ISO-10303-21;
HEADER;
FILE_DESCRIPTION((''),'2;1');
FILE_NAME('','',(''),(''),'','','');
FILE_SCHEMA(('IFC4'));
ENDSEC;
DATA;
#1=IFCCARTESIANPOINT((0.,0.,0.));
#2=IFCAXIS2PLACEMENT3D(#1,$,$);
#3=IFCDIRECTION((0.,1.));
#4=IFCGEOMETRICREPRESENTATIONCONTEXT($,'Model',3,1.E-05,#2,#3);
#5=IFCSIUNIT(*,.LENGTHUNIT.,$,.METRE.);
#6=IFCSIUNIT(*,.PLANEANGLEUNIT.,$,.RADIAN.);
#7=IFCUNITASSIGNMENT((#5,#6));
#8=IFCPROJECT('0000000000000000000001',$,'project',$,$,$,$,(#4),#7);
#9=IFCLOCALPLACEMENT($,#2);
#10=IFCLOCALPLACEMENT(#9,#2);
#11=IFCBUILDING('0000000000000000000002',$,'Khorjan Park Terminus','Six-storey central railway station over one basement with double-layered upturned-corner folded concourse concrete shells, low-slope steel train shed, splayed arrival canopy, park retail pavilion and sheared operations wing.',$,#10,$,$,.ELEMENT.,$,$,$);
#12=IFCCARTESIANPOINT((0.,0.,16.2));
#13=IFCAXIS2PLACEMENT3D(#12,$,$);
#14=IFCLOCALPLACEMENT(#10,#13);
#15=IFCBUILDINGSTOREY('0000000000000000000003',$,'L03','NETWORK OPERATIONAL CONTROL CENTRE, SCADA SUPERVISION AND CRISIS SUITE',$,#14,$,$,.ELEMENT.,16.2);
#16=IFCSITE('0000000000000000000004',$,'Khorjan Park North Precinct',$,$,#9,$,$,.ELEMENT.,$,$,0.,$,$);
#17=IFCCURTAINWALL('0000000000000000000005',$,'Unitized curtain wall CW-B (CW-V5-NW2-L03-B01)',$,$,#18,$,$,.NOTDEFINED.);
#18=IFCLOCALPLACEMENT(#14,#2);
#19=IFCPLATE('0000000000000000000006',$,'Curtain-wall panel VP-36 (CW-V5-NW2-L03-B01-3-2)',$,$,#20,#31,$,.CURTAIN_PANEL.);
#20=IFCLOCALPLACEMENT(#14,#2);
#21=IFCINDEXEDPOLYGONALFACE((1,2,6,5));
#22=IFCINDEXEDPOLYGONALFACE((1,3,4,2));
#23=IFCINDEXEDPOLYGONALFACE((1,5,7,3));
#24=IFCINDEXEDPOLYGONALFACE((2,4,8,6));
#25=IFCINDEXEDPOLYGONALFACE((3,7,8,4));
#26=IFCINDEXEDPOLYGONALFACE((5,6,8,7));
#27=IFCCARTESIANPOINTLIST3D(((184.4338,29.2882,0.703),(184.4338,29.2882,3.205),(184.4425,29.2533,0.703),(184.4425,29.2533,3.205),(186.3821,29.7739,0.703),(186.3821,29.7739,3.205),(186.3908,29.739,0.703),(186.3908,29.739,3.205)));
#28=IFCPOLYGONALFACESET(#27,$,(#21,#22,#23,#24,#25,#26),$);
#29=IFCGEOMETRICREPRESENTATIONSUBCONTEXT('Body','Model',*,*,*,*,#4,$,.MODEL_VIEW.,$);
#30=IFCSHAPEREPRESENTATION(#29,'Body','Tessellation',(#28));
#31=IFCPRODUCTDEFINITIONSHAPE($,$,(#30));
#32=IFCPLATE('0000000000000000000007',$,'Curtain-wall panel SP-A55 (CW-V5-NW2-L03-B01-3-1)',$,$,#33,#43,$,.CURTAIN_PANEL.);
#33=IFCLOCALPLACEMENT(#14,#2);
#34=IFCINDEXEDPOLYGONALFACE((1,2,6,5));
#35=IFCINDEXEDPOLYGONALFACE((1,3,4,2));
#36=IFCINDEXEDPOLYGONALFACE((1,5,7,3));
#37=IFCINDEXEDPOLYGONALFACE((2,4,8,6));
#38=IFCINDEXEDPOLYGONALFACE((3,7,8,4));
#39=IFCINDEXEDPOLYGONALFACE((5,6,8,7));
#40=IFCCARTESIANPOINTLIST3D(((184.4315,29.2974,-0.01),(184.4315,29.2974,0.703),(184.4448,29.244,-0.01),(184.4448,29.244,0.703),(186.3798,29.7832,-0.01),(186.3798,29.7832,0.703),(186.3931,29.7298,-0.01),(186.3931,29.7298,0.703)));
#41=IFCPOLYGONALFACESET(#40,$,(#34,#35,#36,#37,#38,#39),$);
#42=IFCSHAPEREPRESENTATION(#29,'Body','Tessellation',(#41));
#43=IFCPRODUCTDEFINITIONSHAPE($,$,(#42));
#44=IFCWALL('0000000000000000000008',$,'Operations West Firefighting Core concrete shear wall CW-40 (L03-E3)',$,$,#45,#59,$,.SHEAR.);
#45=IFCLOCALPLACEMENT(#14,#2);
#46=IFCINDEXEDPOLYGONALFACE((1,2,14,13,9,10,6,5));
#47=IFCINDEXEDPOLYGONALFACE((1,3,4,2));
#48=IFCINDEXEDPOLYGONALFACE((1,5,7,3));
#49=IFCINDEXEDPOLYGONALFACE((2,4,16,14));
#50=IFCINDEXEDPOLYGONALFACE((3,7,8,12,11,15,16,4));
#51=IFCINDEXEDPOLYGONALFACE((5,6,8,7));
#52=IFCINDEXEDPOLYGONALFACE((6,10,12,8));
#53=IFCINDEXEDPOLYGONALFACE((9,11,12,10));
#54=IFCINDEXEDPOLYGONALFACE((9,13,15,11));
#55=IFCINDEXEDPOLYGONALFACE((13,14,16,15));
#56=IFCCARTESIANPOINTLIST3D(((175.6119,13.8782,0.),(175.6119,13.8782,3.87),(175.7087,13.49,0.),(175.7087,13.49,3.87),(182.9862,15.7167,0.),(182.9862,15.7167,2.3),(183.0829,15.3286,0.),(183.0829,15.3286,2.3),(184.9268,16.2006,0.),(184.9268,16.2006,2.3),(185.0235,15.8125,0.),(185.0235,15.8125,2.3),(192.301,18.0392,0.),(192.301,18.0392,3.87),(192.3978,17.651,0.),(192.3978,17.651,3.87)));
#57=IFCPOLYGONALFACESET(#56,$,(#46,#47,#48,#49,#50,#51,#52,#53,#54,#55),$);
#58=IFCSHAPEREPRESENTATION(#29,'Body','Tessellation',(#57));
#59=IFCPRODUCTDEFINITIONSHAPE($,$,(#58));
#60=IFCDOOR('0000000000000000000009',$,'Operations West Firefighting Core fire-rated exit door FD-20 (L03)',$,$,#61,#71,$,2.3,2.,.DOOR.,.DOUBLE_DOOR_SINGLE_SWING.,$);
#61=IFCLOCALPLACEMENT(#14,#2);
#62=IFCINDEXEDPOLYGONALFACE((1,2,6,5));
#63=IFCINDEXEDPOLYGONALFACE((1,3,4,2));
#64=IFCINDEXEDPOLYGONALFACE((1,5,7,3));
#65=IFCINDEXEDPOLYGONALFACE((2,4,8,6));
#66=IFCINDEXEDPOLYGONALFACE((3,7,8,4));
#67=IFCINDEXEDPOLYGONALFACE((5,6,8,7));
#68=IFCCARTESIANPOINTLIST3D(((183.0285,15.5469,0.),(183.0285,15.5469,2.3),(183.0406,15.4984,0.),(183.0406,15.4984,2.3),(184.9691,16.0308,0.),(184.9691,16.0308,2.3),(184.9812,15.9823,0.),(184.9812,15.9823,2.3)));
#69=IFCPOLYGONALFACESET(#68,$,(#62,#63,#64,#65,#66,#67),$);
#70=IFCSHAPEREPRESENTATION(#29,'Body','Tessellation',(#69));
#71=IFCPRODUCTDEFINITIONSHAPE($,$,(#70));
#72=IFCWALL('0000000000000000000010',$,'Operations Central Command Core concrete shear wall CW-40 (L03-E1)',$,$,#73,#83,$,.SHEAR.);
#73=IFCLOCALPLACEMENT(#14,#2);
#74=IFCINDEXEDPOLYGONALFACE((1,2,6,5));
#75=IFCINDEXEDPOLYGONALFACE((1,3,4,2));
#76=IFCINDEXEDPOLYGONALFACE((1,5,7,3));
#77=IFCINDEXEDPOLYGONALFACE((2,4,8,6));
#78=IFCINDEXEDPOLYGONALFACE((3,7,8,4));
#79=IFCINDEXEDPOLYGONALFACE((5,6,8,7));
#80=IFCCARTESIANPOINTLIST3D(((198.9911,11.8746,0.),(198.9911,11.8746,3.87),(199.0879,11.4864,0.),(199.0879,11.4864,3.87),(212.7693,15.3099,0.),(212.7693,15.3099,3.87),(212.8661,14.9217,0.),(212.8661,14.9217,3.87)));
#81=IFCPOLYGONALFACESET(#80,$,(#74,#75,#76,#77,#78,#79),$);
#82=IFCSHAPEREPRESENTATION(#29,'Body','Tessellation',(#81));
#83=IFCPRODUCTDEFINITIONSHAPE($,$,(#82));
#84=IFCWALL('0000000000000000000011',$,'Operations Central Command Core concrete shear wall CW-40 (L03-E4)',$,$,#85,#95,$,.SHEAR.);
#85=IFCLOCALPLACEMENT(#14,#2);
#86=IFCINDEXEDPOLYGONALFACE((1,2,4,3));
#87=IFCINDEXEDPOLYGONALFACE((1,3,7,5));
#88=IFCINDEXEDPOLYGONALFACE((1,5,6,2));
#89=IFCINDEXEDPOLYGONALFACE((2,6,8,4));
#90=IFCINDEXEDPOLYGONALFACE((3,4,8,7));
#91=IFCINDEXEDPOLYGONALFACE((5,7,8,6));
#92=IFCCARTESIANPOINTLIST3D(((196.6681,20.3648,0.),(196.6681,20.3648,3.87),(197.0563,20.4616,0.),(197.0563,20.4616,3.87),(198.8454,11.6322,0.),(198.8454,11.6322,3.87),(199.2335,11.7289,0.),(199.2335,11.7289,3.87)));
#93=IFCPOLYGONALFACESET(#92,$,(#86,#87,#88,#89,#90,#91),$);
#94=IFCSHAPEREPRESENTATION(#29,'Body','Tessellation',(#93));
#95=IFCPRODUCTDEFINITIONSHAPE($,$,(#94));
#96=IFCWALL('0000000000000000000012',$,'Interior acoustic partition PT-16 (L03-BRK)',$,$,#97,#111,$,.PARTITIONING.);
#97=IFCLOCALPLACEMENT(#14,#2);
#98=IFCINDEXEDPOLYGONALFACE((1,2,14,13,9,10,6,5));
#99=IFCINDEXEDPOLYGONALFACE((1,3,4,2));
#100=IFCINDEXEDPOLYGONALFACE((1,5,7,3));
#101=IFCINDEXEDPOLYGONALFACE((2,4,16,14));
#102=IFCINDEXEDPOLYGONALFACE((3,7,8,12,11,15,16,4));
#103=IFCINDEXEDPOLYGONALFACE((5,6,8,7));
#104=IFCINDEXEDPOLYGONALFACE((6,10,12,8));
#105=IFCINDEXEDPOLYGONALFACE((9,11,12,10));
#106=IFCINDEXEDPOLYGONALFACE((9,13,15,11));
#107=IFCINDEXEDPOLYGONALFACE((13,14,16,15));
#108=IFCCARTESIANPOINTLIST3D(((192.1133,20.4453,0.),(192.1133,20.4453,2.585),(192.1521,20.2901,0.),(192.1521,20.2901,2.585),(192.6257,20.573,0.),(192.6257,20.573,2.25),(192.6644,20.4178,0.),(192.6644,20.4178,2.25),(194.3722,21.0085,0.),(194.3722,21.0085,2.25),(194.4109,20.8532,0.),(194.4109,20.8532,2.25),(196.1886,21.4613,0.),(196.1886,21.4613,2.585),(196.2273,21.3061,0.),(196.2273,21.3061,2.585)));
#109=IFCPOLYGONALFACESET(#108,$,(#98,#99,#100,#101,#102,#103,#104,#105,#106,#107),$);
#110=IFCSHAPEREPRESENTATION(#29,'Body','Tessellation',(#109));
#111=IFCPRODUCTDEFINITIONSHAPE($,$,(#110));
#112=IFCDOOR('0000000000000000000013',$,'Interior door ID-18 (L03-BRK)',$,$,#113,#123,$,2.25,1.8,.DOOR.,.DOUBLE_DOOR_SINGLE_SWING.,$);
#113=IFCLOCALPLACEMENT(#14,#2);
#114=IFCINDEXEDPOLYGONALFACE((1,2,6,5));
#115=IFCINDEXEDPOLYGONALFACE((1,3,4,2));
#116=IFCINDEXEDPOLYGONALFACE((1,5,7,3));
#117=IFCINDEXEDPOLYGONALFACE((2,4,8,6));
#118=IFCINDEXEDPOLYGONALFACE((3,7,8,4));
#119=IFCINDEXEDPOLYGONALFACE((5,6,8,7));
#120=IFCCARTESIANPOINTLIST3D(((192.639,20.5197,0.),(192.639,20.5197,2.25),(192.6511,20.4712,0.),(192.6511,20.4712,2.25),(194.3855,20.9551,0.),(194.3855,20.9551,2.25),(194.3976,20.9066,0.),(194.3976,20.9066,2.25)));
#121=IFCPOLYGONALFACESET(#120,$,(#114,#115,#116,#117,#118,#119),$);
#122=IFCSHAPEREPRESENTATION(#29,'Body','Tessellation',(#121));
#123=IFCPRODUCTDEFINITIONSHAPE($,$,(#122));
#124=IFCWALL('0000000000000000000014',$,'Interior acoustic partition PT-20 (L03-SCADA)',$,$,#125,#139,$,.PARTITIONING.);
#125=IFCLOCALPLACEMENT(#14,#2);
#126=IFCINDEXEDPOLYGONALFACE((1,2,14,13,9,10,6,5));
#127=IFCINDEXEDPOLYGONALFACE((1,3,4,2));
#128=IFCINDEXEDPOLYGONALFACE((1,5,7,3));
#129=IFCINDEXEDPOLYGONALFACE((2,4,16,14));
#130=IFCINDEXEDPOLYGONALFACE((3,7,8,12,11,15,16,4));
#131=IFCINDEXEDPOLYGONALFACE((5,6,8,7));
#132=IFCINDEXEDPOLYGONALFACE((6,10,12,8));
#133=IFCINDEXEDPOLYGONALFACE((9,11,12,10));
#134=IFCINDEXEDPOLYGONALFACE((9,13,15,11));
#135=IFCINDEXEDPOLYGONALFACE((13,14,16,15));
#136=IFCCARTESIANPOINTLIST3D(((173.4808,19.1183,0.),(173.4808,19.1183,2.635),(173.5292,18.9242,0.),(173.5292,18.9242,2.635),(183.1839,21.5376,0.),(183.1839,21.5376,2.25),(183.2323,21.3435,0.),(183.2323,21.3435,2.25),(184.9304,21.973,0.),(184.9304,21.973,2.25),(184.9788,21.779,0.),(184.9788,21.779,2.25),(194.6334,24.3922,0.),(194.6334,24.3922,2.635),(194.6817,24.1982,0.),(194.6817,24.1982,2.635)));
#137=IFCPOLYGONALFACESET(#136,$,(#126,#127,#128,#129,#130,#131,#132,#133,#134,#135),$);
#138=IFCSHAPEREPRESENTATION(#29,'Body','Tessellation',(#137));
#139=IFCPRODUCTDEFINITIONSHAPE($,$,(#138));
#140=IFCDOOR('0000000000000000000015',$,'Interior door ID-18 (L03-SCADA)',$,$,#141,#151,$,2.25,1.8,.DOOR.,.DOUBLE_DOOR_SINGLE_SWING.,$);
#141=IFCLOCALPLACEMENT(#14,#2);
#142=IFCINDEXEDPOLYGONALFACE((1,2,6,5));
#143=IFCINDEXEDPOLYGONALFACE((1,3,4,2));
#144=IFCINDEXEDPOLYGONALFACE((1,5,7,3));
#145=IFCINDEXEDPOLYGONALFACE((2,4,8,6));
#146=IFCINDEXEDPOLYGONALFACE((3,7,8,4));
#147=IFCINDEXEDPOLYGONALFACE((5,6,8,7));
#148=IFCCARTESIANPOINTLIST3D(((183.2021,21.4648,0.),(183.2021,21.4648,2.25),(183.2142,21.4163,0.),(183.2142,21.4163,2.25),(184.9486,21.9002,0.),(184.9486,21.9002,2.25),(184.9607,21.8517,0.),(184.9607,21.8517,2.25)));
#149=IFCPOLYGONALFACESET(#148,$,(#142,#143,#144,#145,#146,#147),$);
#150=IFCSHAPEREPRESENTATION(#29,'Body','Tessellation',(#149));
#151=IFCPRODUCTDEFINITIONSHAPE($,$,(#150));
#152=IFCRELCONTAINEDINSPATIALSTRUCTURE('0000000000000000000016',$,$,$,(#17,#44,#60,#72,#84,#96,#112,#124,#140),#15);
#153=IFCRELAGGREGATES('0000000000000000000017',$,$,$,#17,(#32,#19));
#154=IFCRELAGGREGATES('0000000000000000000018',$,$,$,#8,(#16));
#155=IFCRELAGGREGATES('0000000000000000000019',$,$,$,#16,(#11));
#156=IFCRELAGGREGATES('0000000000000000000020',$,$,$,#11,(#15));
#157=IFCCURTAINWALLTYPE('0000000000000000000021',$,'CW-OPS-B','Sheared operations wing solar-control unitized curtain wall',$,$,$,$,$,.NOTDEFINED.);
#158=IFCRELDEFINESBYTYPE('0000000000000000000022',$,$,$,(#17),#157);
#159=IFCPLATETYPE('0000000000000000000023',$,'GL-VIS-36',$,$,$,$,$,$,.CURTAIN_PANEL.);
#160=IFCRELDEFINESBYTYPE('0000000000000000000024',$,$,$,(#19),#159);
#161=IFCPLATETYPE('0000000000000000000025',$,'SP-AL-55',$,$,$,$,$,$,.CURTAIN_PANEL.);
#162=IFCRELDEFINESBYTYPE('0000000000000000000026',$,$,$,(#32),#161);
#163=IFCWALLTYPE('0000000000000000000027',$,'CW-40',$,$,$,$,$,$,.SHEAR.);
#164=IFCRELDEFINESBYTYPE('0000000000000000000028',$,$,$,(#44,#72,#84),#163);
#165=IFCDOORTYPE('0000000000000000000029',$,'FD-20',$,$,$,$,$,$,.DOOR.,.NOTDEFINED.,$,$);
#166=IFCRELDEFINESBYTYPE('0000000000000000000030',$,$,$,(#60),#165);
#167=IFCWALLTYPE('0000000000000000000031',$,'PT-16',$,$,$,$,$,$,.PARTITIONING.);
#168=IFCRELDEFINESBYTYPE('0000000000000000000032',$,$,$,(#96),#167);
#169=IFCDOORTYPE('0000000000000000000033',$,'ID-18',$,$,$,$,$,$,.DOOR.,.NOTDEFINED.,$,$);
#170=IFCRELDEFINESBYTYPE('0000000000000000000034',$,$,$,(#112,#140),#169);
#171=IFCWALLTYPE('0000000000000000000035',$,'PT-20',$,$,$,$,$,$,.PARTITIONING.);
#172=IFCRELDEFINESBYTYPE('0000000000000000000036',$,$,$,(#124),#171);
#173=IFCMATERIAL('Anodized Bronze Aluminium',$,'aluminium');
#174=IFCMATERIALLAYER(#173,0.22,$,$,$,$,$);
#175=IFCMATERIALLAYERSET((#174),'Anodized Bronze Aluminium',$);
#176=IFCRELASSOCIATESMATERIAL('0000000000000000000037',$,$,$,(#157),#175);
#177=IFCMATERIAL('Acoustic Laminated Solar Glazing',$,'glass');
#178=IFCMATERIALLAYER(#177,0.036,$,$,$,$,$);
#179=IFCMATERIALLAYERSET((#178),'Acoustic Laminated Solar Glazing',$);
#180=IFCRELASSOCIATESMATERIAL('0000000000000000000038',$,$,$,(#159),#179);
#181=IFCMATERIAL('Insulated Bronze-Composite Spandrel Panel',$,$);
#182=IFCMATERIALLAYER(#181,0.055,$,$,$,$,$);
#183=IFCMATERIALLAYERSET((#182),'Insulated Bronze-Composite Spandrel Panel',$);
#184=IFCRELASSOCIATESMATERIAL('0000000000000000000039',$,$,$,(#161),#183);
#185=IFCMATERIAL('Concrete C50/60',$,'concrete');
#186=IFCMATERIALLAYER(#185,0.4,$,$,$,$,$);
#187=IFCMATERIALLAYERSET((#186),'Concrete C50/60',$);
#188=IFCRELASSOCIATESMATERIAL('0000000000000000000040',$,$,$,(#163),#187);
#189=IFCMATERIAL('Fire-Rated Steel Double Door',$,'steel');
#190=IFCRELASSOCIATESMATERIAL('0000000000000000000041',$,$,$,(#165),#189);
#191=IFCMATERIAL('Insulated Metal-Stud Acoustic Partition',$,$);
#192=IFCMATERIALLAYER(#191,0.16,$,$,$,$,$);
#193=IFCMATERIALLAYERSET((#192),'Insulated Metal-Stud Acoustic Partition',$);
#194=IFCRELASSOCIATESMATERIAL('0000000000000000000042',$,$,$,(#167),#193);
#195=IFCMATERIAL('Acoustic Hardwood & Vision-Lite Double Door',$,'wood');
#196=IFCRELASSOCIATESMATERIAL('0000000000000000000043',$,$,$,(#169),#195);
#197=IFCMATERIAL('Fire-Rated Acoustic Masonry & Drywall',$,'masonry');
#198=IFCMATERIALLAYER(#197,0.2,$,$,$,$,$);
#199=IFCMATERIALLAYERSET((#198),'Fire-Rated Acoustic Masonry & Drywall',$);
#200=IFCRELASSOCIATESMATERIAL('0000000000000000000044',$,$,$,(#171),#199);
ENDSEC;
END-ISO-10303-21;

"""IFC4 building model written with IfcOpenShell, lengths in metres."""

from ifc_helpers import new_model, si_unit, direction, frame, frame_2d, origin, origin_2d, place, context, subcontext, project, spatial, rectangle, extrude, material, layer, layer_set, type_object, element, fill, aggregate, save


model = new_model("IFC4")

# Units and contexts
model_context = context("Model", 3, precision=1e-05, world=origin(), true_north=direction((0.0, 1.0)))
body_context = subcontext(model_context, "Body", "Model", "MODEL_VIEW")
ifc_project = project(units=[si_unit("LENGTHUNIT", "METRE"), si_unit("PLANEANGLEUNIT", "RADIAN")], contexts=[model_context])

# Site, building, storey
site_placement = place(None, origin())
site = spatial("IfcSite", under=ifc_project, at=site_placement, Name="Khorjan Park North Precinct", CompositionType="ELEMENT", RefElevation=0.0)
building_placement = place(site_placement, origin())
building = spatial("IfcBuilding", under=site, at=building_placement, Name="Khorjan Park Terminus", Description="Six-storey central railway station over one basement with double-layered upturned-corner folded concourse concrete shells, low-slope steel train shed, splayed arrival canopy, park retail pavilion and sheared operations wing.", CompositionType="ELEMENT")
storey_placement = place(building_placement, frame((0.0, 0.0, 16.2)))
storey = spatial("IfcBuildingStorey", under=building, at=storey_placement, Name="L03", Description="NETWORK OPERATIONAL CONTROL CENTRE, SCADA SUPERVISION AND CRISIS SUITE", CompositionType="ELEMENT", Elevation=16.2)

# Shared definitions
ifc_material_1 = material(Name="Concrete C50/60", Category="concrete")

# Shared definitions
ifc_material_2 = material(Name="Anodized Bronze Aluminium", Category="aluminium")
ifc_layer_1 = layer(ifc_material_2, 0.22)
ifc_layer_set_1 = layer_set([ifc_layer_1], Name="Anodized Bronze Aluminium")
curtain_wall_type = type_object("IfcCurtainWallType", Name="CW-OPS-B", Description="Sheared operations wing solar-control unitized curtain wall", PredefinedType="NOTDEFINED", material=ifc_layer_set_1)

# Curtain wall, plates
curtain_wall_1_placement = place(storey_placement, origin())
curtain_wall_1 = element("IfcCurtainWall", 1, at=curtain_wall_1_placement, inside=storey, type_object=curtain_wall_type, Name="Unitized curtain wall CW-B (CW-V5-NW2-L03-B01)", PredefinedType="NOTDEFINED")
ifc_material_3 = material(Name="Acoustic Laminated Solar Glazing", Category="glass")
ifc_layer_2 = layer(ifc_material_3, 0.036)
ifc_layer_set_2 = layer_set([ifc_layer_2], Name="Acoustic Laminated Solar Glazing")
plate_type_1 = type_object("IfcPlateType", Name="GL-VIS-36", PredefinedType="CURTAIN_PANEL", material=ifc_layer_set_2)
plate_1_placement = place(storey_placement, frame((185.4123, 29.5136, 0.703), z_axis=(0.0, 0.0, 1.0), x_axis=(-0.970296, -0.241919, 0.0)))
plate_1 = element("IfcPlate", 2, at=plate_1_placement, type_object=plate_type_1, Name="Curtain-wall panel VP-36 (CW-V5-NW2-L03-B01-3-2)", PredefinedType="CURTAIN_PANEL", context=body_context, shape_type="SweptSolid", body=[
    extrude(rectangle(XDim=2.0079, YDim=0.036, at=origin_2d()), origin(), (0.0, 0.0, 1.0), 2.502),
])
ifc_material_4 = material(Name="Insulated Bronze-Composite Spandrel Panel")
ifc_layer_3 = layer(ifc_material_4, 0.055)
ifc_layer_set_3 = layer_set([ifc_layer_3], Name="Insulated Bronze-Composite Spandrel Panel")
plate_type_2 = type_object("IfcPlateType", Name="SP-AL-55", PredefinedType="CURTAIN_PANEL", material=ifc_layer_set_3)
plate_2_placement = place(storey_placement, frame((185.4123, 29.5136, -0.01), z_axis=(0.0, 0.0, 1.0), x_axis=(-0.970296, -0.241919, 0.0)))
plate_2 = element("IfcPlate", 3, at=plate_2_placement, type_object=plate_type_2, Name="Curtain-wall panel SP-A55 (CW-V5-NW2-L03-B01-3-1)", PredefinedType="CURTAIN_PANEL", context=body_context, shape_type="SweptSolid", body=[
    extrude(rectangle(XDim=2.0079, YDim=0.055, at=origin_2d()), origin(), (0.0, 0.0, 1.0), 0.713),
])
aggregate(curtain_wall_1, [plate_2, plate_1])

# Wall, opening, door
ifc_layer_4 = layer(ifc_material_1, 0.4)
ifc_layer_set_4 = layer_set([ifc_layer_4], Name="Concrete C50/60")
wall_type_1 = type_object("IfcWallType", Name="CW-40", PredefinedType="SHEAR", material=ifc_layer_set_4)
wall_1_placement = place(storey_placement, frame((192.3494, 17.8451, 0.0), z_axis=(0.0, 0.0, 1.0), x_axis=(-0.970297, -0.241919, 0.0)))
wall_1 = element("IfcWall", 4, at=wall_1_placement, inside=storey, type_object=wall_type_1, Name="Operations West Firefighting Core concrete shear wall CW-40 (L03-E3)", PredefinedType="SHEAR", context=body_context, shape_type="SweptSolid", body=[
    extrude(rectangle(XDim=17.2, YDim=0.4, at=frame_2d((8.6, 0.0))), origin(), (0.0, 0.0, 1.0), 3.87),
])
opening_1_placement = place(wall_1_placement, frame((7.6, 0.0, 0.0)))
opening_1 = element("IfcOpeningElement", 5, at=opening_1_placement, cuts=wall_1, PredefinedType="OPENING", context=body_context, shape_type="SweptSolid", body=[
    extrude(rectangle(XDim=2.0, YDim=2.3, at=frame_2d((1.0, 1.15))), frame((0.0, 0.21, 0.0), z_axis=(0.0, -1.0, 0.0), x_axis=(1.0, 0.0, 0.0)), (0.0, 0.0, 1.0), 0.42),
])
ifc_material_5 = material(Name="Fire-Rated Steel Double Door", Category="steel")
door_type_1 = type_object("IfcDoorType", Name="FD-20", OperationType="NOTDEFINED", PredefinedType="DOOR", material=ifc_material_5)
door_1_placement = place(opening_1_placement, origin())
door_1 = element("IfcDoor", 6, at=door_1_placement, inside=storey, type_object=door_type_1, Name="Operations West Firefighting Core fire-rated exit door FD-20 (L03)", OperationType="DOUBLE_DOOR_SINGLE_SWING", OverallHeight=2.3, OverallWidth=2.0, PredefinedType="DOOR", context=body_context, shape_type="SweptSolid", body=[
    extrude(rectangle(XDim=2.0, YDim=2.3, at=frame_2d((1.0, 1.15))), frame((0.0, 0.025, 0.0), z_axis=(0.0, -1.0, 0.0), x_axis=(1.0, 0.0, 0.0)), (0.0, 0.0, 1.0), 0.05),
])
fill(opening_1, door_1)

# Walls
wall_2_placement = place(storey_placement, frame((199.0395, 11.6805, 0.0), z_axis=(0.0, 0.0, 1.0), x_axis=(0.970296, 0.241922, 0.0)))
element("IfcWall", 7, at=wall_2_placement, inside=storey, type_object=wall_type_1, Name="Operations Central Command Core concrete shear wall CW-40 (L03-E1)", PredefinedType="SHEAR", context=body_context, shape_type="SweptSolid", body=[
    extrude(rectangle(XDim=14.2, YDim=0.4, at=frame_2d((7.1, 0.0))), origin(), (0.0, 0.0, 1.0), 3.87),
])
wall_3_placement = place(storey_placement, frame((196.8622, 20.4132, 0.0), z_axis=(0.0, 0.0, 1.0), x_axis=(0.241921, -0.970296, 0.0)))
element("IfcWall", 8, at=wall_3_placement, inside=storey, type_object=wall_type_1, Name="Operations Central Command Core concrete shear wall CW-40 (L03-E4)", PredefinedType="SHEAR", context=body_context, shape_type="SweptSolid", body=[
    extrude(rectangle(XDim=9.0, YDim=0.4, at=frame_2d((4.5, 0.0))), origin(), (0.0, 0.0, 1.0), 3.87),
])

# Walls, openings, doors
ifc_material_6 = material(Name="Insulated Metal-Stud Acoustic Partition")
ifc_layer_5 = layer(ifc_material_6, 0.16)
ifc_layer_set_5 = layer_set([ifc_layer_5], Name="Insulated Metal-Stud Acoustic Partition")
wall_type_2 = type_object("IfcWallType", Name="PT-16", PredefinedType="PARTITIONING", material=ifc_layer_set_5)
wall_4_placement = place(storey_placement, frame((192.1327, 20.3677, 0.0), z_axis=(0.0, 0.0, 1.0), x_axis=(0.970301, 0.241903, 0.0)))
wall_4 = element("IfcWall", 9, at=wall_4_placement, inside=storey, type_object=wall_type_2, Name="Interior acoustic partition PT-16 (L03-BRK)", PredefinedType="PARTITIONING", context=body_context, shape_type="SweptSolid", body=[
    extrude(rectangle(XDim=4.2, YDim=0.16, at=frame_2d((2.1, 0.0))), origin(), (0.0, 0.0, 1.0), 2.585),
])
opening_2_placement = place(wall_4_placement, frame((0.528, 0.0, 0.0)))
opening_2 = element("IfcOpeningElement", 10, at=opening_2_placement, cuts=wall_4, PredefinedType="OPENING", context=body_context, shape_type="SweptSolid", body=[
    extrude(rectangle(XDim=1.8, YDim=2.25, at=frame_2d((0.9, 1.125))), frame((0.0, 0.09, 0.0), z_axis=(0.0, -1.0, 0.0), x_axis=(1.0, 0.0, 0.0)), (0.0, 0.0, 1.0), 0.18),
])
ifc_material_7 = material(Name="Acoustic Hardwood & Vision-Lite Double Door", Category="wood")
door_type_2 = type_object("IfcDoorType", Name="ID-18", OperationType="NOTDEFINED", PredefinedType="DOOR", material=ifc_material_7)
door_2_placement = place(opening_2_placement, origin())
door_2 = element("IfcDoor", 11, at=door_2_placement, inside=storey, type_object=door_type_2, Name="Interior door ID-18 (L03-BRK)", OperationType="DOUBLE_DOOR_SINGLE_SWING", OverallHeight=2.25, OverallWidth=1.8, PredefinedType="DOOR", context=body_context, shape_type="SweptSolid", body=[
    extrude(rectangle(XDim=1.8, YDim=2.25, at=frame_2d((0.9, 1.125))), frame((0.0, 0.025, 0.0), z_axis=(0.0, -1.0, 0.0), x_axis=(1.0, 0.0, 0.0)), (0.0, 0.0, 1.0), 0.05),
])
fill(opening_2, door_2)
ifc_material_8 = material(Name="Fire-Rated Acoustic Masonry & Drywall", Category="masonry")
ifc_layer_6 = layer(ifc_material_8, 0.2)
ifc_layer_set_6 = layer_set([ifc_layer_6], Name="Fire-Rated Acoustic Masonry & Drywall")
wall_type_3 = type_object("IfcWallType", Name="PT-20", PredefinedType="PARTITIONING", material=ifc_layer_set_6)
wall_5_placement = place(storey_placement, frame((194.6576, 24.2952, 0.0), z_axis=(0.0, 0.0, 1.0), x_axis=(-0.970296, -0.241921, 0.0)))
wall_5 = element("IfcWall", 12, at=wall_5_placement, inside=storey, type_object=wall_type_3, Name="Interior acoustic partition PT-20 (L03-SCADA)", PredefinedType="PARTITIONING", context=body_context, shape_type="SweptSolid", body=[
    extrude(rectangle(XDim=21.8001, YDim=0.2, at=frame_2d((10.9001, 0.0))), origin(), (0.0, 0.0, 1.0), 2.635),
])
opening_3_placement = place(wall_5_placement, frame((10.0, 0.0, 0.0)))
opening_3 = element("IfcOpeningElement", 13, at=opening_3_placement, cuts=wall_5, PredefinedType="OPENING", context=body_context, shape_type="SweptSolid", body=[
    extrude(rectangle(XDim=1.8, YDim=2.25, at=frame_2d((0.9, 1.125))), frame((0.0, 0.11, 0.0), z_axis=(0.0, -1.0, 0.0), x_axis=(1.0, 0.0, 0.0)), (0.0, 0.0, 1.0), 0.22),
])
door_3_placement = place(opening_3_placement, origin())
door_3 = element("IfcDoor", 14, at=door_3_placement, inside=storey, type_object=door_type_2, Name="Interior door ID-18 (L03-SCADA)", OperationType="DOUBLE_DOOR_SINGLE_SWING", OverallHeight=2.25, OverallWidth=1.8, PredefinedType="DOOR", context=body_context, shape_type="SweptSolid", body=[
    extrude(rectangle(XDim=1.8, YDim=2.25, at=frame_2d((0.9, 1.125))), frame((0.0, 0.025, 0.0), z_axis=(0.0, -1.0, 0.0), x_axis=(1.0, 0.0, 0.0)), (0.0, 0.0, 1.0), 0.05),
])
fill(opening_3, door_3)

save(model, "model.ifc")
